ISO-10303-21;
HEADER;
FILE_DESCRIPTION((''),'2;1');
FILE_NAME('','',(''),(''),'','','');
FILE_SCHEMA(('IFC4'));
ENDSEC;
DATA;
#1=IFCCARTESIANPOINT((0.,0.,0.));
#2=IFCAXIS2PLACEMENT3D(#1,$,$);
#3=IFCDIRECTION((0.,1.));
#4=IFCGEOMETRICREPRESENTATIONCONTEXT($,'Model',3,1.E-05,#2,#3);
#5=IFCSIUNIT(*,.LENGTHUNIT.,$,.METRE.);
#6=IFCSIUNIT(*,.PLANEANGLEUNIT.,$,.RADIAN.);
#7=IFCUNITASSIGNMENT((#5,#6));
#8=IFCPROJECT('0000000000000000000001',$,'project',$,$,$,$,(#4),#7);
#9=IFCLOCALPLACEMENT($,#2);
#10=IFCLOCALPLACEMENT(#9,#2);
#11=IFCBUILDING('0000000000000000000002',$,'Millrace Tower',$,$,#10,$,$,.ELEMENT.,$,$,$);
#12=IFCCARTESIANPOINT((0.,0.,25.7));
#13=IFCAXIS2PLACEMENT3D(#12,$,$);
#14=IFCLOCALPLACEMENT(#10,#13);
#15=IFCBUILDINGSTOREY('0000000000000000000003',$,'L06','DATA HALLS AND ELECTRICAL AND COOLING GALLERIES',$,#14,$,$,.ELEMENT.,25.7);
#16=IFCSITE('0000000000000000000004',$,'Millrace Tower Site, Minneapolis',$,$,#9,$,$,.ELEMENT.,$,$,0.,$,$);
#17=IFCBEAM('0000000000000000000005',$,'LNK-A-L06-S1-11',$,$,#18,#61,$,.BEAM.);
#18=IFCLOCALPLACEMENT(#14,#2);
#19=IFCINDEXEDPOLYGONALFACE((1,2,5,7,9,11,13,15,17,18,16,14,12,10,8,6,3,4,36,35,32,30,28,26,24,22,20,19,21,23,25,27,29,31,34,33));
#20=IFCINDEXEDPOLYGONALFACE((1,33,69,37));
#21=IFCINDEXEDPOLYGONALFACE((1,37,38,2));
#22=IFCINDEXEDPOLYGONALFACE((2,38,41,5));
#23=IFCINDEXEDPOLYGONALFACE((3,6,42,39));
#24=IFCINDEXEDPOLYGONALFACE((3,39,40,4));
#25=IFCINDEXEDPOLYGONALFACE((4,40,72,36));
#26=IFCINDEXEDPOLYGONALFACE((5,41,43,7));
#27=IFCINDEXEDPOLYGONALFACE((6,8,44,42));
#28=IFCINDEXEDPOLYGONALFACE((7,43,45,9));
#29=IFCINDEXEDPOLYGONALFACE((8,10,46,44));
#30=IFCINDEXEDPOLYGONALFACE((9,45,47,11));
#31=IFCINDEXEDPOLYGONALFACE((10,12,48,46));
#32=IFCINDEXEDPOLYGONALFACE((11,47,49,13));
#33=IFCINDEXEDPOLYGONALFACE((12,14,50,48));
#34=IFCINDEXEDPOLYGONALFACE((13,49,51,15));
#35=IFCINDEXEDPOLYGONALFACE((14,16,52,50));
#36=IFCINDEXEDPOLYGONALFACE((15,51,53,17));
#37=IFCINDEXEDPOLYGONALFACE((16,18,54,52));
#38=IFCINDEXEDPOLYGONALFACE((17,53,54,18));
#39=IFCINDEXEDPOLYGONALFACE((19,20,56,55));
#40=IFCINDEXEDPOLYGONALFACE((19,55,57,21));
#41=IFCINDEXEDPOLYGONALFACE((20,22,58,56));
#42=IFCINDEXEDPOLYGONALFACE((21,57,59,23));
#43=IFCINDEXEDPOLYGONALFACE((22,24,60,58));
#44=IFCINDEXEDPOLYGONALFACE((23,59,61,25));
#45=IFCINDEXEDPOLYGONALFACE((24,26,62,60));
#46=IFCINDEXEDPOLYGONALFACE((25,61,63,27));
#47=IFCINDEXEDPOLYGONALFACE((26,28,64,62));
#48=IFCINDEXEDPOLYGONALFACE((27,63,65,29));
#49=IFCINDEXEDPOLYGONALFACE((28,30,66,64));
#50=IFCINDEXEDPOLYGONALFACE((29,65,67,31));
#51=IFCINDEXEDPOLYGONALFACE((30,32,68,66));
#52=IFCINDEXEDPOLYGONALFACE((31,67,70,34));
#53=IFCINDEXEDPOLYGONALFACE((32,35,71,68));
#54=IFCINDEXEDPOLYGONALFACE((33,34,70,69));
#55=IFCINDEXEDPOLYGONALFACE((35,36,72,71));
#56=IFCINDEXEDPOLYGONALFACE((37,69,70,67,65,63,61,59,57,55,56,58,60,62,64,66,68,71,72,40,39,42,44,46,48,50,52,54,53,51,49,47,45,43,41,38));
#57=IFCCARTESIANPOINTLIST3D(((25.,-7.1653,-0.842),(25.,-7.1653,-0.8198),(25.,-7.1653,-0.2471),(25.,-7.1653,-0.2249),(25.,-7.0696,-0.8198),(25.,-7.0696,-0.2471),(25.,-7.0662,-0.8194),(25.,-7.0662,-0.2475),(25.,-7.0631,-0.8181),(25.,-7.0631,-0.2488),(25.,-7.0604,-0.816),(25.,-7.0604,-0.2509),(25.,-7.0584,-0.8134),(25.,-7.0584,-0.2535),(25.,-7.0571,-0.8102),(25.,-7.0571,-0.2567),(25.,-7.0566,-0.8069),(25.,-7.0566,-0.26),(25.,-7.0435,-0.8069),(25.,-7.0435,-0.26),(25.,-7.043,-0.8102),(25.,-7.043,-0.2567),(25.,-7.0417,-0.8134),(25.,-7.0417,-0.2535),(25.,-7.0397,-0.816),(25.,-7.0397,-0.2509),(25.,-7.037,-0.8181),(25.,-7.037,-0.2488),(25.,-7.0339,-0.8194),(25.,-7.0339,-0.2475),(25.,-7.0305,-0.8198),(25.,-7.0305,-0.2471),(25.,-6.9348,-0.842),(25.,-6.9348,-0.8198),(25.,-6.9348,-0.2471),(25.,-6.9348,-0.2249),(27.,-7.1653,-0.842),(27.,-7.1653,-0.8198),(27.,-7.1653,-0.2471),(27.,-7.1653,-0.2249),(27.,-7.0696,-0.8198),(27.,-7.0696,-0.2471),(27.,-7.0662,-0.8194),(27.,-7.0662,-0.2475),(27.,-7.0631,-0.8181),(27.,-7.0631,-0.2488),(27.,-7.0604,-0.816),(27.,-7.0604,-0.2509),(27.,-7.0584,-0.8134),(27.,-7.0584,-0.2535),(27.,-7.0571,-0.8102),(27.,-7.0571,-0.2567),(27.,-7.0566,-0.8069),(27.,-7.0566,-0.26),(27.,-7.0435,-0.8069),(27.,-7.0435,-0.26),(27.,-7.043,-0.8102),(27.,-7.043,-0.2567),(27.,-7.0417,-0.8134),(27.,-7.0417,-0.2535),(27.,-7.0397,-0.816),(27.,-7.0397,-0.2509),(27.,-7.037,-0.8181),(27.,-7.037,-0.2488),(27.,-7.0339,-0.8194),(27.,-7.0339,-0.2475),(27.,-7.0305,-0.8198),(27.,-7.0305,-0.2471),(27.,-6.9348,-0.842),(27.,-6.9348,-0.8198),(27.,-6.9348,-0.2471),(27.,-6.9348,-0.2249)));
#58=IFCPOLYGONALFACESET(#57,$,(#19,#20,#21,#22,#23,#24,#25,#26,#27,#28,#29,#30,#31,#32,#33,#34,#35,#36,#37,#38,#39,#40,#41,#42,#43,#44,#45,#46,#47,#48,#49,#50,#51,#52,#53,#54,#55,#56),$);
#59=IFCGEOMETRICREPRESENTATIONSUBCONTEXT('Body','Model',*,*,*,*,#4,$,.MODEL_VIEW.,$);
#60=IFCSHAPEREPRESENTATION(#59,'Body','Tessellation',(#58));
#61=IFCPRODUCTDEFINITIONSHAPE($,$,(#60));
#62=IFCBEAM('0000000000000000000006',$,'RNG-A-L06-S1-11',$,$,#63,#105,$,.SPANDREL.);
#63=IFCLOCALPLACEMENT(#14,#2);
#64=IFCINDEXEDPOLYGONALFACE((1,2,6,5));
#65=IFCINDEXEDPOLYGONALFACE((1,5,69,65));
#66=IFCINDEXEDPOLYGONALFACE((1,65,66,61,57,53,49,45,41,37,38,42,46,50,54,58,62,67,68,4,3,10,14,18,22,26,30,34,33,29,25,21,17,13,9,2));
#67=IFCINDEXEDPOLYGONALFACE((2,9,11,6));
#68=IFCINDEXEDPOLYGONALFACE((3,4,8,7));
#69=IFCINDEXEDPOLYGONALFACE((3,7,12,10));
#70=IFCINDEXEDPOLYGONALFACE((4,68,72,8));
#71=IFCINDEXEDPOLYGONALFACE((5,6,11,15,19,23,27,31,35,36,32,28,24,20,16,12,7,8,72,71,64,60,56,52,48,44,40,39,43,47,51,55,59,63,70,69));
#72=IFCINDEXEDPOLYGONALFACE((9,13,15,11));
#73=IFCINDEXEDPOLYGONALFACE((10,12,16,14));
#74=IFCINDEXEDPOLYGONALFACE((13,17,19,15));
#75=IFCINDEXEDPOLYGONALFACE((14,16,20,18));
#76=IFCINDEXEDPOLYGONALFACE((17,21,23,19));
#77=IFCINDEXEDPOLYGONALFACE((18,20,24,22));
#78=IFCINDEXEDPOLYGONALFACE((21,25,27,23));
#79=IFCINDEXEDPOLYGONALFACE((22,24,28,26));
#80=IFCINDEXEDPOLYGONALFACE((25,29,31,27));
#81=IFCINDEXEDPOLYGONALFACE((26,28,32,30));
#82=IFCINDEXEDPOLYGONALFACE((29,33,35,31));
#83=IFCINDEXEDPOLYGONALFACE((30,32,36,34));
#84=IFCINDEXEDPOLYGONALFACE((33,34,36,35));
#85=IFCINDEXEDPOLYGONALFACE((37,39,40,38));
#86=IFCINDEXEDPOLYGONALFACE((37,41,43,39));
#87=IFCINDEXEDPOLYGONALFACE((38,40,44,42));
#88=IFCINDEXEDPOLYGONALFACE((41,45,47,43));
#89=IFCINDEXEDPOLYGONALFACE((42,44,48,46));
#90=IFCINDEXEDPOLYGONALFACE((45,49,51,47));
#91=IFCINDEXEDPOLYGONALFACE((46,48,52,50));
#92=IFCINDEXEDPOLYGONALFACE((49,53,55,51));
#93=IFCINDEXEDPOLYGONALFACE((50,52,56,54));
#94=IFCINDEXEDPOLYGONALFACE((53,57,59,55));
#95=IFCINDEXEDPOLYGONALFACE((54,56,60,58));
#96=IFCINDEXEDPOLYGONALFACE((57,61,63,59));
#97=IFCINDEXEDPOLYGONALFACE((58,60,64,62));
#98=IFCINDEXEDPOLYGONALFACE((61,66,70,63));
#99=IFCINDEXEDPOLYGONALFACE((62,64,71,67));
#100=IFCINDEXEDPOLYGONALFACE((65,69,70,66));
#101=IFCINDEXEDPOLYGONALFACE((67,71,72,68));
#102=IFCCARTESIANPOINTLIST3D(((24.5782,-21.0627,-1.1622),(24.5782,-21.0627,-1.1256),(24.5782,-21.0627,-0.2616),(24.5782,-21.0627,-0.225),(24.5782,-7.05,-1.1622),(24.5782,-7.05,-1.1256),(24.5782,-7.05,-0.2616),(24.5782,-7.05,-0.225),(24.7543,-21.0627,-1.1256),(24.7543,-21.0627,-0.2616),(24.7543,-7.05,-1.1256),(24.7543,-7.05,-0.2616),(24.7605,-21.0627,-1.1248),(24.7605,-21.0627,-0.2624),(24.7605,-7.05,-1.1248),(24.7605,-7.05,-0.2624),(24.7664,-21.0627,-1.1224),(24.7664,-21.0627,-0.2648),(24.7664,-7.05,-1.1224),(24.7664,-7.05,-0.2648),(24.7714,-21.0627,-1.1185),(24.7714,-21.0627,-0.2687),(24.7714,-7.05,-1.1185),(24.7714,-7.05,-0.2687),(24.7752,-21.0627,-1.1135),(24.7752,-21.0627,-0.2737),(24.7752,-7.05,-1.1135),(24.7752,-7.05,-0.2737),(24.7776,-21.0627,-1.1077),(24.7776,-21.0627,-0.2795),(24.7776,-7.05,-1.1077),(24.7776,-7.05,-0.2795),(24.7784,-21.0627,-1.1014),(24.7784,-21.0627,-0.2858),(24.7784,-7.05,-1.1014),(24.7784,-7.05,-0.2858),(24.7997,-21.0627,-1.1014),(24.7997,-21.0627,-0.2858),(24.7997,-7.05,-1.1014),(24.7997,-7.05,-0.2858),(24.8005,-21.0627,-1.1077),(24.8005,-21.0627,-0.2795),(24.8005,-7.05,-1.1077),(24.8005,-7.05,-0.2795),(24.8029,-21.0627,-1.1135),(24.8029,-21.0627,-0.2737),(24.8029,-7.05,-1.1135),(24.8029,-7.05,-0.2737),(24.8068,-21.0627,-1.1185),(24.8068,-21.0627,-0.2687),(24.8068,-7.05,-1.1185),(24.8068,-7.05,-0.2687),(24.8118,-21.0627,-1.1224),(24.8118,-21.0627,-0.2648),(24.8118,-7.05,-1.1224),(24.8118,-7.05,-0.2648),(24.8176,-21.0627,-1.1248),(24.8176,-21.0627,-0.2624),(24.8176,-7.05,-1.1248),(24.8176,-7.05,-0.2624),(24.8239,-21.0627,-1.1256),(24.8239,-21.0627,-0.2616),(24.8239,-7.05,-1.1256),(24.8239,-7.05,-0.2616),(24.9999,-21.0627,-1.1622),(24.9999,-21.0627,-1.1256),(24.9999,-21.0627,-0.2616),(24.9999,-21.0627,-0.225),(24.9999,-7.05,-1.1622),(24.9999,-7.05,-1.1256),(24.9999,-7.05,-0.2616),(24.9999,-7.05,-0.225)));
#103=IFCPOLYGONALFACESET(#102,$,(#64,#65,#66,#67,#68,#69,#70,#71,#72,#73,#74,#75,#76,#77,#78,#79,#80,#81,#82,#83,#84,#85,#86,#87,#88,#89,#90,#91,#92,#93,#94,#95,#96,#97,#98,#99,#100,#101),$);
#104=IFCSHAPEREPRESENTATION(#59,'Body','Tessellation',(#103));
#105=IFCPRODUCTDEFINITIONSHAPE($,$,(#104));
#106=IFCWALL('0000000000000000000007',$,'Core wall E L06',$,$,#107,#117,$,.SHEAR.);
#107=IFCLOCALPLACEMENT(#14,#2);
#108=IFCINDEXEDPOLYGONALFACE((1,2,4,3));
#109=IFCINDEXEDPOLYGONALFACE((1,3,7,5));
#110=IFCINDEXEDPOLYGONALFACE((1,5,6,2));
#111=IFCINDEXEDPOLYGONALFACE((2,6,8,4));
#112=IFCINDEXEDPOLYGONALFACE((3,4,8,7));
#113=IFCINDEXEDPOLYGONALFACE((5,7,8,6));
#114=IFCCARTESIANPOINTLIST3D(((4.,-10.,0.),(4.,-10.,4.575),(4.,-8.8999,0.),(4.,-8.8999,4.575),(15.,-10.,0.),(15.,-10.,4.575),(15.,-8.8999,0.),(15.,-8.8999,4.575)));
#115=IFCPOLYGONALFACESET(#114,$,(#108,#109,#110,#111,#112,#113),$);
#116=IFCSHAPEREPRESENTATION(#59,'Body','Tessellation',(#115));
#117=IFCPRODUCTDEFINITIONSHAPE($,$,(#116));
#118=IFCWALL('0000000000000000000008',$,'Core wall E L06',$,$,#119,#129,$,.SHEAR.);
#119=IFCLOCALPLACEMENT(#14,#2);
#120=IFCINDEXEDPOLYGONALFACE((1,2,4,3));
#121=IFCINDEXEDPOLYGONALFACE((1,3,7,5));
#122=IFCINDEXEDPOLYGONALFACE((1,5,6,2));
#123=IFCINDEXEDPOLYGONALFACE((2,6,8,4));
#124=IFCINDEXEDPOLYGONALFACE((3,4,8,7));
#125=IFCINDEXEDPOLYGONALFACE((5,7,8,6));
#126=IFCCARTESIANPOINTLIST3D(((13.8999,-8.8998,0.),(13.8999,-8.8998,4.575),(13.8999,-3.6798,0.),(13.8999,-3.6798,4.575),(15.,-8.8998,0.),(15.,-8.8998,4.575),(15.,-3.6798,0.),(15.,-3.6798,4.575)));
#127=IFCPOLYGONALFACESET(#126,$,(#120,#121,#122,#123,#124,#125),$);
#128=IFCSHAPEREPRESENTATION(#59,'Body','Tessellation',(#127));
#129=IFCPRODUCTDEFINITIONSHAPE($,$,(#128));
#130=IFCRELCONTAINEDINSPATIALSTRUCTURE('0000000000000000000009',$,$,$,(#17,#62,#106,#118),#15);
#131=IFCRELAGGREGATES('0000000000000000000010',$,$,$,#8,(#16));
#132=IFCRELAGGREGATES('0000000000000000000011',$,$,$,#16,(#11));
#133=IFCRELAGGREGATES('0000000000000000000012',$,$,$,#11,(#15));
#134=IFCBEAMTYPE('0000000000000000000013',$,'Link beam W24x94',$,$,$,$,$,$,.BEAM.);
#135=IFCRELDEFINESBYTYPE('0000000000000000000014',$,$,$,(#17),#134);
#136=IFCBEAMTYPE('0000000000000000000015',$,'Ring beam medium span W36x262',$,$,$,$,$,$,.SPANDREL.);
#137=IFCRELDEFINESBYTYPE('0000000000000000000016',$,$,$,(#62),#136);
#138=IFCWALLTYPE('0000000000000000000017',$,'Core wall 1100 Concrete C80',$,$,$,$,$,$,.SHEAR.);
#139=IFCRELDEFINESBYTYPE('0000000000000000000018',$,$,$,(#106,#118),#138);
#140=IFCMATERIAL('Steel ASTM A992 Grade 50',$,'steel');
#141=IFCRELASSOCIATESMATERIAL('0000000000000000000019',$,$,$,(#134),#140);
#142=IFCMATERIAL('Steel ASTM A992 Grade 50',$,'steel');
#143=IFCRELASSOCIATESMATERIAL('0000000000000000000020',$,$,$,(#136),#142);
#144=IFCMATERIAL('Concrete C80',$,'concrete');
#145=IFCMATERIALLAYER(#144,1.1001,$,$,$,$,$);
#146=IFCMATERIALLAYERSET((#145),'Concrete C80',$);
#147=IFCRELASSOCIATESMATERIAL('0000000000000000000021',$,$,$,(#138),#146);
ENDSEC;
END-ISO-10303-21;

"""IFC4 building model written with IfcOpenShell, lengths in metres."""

from ifc_helpers import new_model, si_unit, direction, frame, frame_2d, origin, origin_2d, place, context, subcontext, project, spatial, rectangle, i_section, extrude, material, layer, layer_set, material_profile, profile_set, type_object, element, save


model = new_model("IFC4")

# Units and contexts
model_context = context("Model", 3, precision=1e-05, world=origin(), true_north=direction((0.0, 1.0)))
body_context = subcontext(model_context, "Body", "Model", "MODEL_VIEW")
ifc_project = project(units=[si_unit("LENGTHUNIT", "METRE"), si_unit("PLANEANGLEUNIT", "RADIAN")], contexts=[model_context])

# Site, building, storey
site_placement = place(None, origin())
site = spatial("IfcSite", under=ifc_project, at=site_placement, Name="Millrace Tower Site, Minneapolis", CompositionType="ELEMENT", RefElevation=0.0)
building_placement = place(site_placement, origin())
building = spatial("IfcBuilding", under=site, at=building_placement, Name="Millrace Tower", CompositionType="ELEMENT")
storey_placement = place(building_placement, frame((0.0, 0.0, 25.7)))
storey = spatial("IfcBuildingStorey", under=building, at=storey_placement, Name="L06", Description="DATA HALLS AND ELECTRICAL AND COOLING GALLERIES", CompositionType="ELEMENT", Elevation=25.7)

# Beams
ifc_material_1 = material(Name="Steel ASTM A992 Grade 50", Category="steel")
ifc_material_profile_1 = material_profile(ifc_material_1, i_section(OverallWidth=0.2305, OverallDepth=0.6172, WebThickness=0.0132, FlangeThickness=0.0222, FilletRadius=0.0129, at=origin_2d()))
ifc_profile_set_1 = profile_set([ifc_material_profile_1], Name="Steel ASTM A992 Grade 50")
beam_type_1 = type_object("IfcBeamType", Name="Link beam W24x94", PredefinedType="BEAM", material=ifc_profile_set_1)
beam_1_placement = place(storey_placement, frame((25.0, -7.05, -0.5334), z_axis=(1.0, 0.0, 0.0), x_axis=(0.0, 1.0, 0.0)))
element("IfcBeam", 1, at=beam_1_placement, inside=storey, type_object=beam_type_1, Name="LNK-A-L06-S1-11", PredefinedType="BEAM", context=body_context, shape_type="SweptSolid", body=[
    extrude(i_section(OverallWidth=0.2305, OverallDepth=0.6172, WebThickness=0.0132, FlangeThickness=0.0222, FilletRadius=0.0129, at=origin_2d()), origin(), (0.0, 0.0, 1.0), 2.0),
])
ifc_material_2 = material(Name="Steel ASTM A992 Grade 50", Category="steel")
ifc_material_profile_2 = material_profile(ifc_material_2, i_section(OverallWidth=0.4216, OverallDepth=0.9373, WebThickness=0.0212, FlangeThickness=0.0366, FilletRadius=0.0242, at=origin_2d()))
ifc_profile_set_2 = profile_set([ifc_material_profile_2], Name="Steel ASTM A992 Grade 50")
beam_type_2 = type_object("IfcBeamType", Name="Ring beam medium span W36x262", PredefinedType="SPANDREL", material=ifc_profile_set_2)
beam_2_placement = place(storey_placement, frame((24.7891, -7.05, -0.6936), z_axis=(0.0, -1.0, 0.0), x_axis=(1.0, 0.0, 0.0)))
element("IfcBeam", 2, at=beam_2_placement, inside=storey, type_object=beam_type_2, Name="RNG-A-L06-S1-11", PredefinedType="SPANDREL", context=body_context, shape_type="SweptSolid", body=[
    extrude(i_section(OverallWidth=0.4216, OverallDepth=0.9373, WebThickness=0.0212, FlangeThickness=0.0366, FilletRadius=0.0242, at=origin_2d()), origin(), (0.0, 0.0, 1.0), 14.0127),
])

# Walls
ifc_material_3 = material(Name="Concrete C80", Category="concrete")
ifc_layer_1 = layer(ifc_material_3, 1.1001)
ifc_layer_set_1 = layer_set([ifc_layer_1], Name="Concrete C80")
wall_type_1 = type_object("IfcWallType", Name="Core wall 1100 Concrete C80", PredefinedType="SHEAR", material=ifc_layer_set_1)
wall_1_placement = place(storey_placement, frame((15.0, -9.45, 0.0), z_axis=(0.0, 0.0, 1.0), x_axis=(-1.0, 0.0, 0.0)))
element("IfcWall", 3, at=wall_1_placement, inside=storey, type_object=wall_type_1, Name="Core wall E L06", PredefinedType="SHEAR", context=body_context, shape_type="SweptSolid", body=[
    extrude(rectangle(XDim=11.0, YDim=1.1001, at=frame_2d((5.5, 0.0))), origin(), (0.0, 0.0, 1.0), 4.575),
])
wall_2_placement = place(storey_placement, frame((14.45, -3.6799, 0.0), z_axis=(0.0, 0.0, 1.0), x_axis=(0.0, -1.0, 0.0)))
element("IfcWall", 4, at=wall_2_placement, inside=storey, type_object=wall_type_1, Name="Core wall E L06", PredefinedType="SHEAR", context=body_context, shape_type="SweptSolid", body=[
    extrude(rectangle(XDim=5.22, YDim=1.1001, at=frame_2d((2.6099, 0.0))), origin(), (0.0, 0.0, 1.0), 4.575),
])

save(model, "model.ifc")
